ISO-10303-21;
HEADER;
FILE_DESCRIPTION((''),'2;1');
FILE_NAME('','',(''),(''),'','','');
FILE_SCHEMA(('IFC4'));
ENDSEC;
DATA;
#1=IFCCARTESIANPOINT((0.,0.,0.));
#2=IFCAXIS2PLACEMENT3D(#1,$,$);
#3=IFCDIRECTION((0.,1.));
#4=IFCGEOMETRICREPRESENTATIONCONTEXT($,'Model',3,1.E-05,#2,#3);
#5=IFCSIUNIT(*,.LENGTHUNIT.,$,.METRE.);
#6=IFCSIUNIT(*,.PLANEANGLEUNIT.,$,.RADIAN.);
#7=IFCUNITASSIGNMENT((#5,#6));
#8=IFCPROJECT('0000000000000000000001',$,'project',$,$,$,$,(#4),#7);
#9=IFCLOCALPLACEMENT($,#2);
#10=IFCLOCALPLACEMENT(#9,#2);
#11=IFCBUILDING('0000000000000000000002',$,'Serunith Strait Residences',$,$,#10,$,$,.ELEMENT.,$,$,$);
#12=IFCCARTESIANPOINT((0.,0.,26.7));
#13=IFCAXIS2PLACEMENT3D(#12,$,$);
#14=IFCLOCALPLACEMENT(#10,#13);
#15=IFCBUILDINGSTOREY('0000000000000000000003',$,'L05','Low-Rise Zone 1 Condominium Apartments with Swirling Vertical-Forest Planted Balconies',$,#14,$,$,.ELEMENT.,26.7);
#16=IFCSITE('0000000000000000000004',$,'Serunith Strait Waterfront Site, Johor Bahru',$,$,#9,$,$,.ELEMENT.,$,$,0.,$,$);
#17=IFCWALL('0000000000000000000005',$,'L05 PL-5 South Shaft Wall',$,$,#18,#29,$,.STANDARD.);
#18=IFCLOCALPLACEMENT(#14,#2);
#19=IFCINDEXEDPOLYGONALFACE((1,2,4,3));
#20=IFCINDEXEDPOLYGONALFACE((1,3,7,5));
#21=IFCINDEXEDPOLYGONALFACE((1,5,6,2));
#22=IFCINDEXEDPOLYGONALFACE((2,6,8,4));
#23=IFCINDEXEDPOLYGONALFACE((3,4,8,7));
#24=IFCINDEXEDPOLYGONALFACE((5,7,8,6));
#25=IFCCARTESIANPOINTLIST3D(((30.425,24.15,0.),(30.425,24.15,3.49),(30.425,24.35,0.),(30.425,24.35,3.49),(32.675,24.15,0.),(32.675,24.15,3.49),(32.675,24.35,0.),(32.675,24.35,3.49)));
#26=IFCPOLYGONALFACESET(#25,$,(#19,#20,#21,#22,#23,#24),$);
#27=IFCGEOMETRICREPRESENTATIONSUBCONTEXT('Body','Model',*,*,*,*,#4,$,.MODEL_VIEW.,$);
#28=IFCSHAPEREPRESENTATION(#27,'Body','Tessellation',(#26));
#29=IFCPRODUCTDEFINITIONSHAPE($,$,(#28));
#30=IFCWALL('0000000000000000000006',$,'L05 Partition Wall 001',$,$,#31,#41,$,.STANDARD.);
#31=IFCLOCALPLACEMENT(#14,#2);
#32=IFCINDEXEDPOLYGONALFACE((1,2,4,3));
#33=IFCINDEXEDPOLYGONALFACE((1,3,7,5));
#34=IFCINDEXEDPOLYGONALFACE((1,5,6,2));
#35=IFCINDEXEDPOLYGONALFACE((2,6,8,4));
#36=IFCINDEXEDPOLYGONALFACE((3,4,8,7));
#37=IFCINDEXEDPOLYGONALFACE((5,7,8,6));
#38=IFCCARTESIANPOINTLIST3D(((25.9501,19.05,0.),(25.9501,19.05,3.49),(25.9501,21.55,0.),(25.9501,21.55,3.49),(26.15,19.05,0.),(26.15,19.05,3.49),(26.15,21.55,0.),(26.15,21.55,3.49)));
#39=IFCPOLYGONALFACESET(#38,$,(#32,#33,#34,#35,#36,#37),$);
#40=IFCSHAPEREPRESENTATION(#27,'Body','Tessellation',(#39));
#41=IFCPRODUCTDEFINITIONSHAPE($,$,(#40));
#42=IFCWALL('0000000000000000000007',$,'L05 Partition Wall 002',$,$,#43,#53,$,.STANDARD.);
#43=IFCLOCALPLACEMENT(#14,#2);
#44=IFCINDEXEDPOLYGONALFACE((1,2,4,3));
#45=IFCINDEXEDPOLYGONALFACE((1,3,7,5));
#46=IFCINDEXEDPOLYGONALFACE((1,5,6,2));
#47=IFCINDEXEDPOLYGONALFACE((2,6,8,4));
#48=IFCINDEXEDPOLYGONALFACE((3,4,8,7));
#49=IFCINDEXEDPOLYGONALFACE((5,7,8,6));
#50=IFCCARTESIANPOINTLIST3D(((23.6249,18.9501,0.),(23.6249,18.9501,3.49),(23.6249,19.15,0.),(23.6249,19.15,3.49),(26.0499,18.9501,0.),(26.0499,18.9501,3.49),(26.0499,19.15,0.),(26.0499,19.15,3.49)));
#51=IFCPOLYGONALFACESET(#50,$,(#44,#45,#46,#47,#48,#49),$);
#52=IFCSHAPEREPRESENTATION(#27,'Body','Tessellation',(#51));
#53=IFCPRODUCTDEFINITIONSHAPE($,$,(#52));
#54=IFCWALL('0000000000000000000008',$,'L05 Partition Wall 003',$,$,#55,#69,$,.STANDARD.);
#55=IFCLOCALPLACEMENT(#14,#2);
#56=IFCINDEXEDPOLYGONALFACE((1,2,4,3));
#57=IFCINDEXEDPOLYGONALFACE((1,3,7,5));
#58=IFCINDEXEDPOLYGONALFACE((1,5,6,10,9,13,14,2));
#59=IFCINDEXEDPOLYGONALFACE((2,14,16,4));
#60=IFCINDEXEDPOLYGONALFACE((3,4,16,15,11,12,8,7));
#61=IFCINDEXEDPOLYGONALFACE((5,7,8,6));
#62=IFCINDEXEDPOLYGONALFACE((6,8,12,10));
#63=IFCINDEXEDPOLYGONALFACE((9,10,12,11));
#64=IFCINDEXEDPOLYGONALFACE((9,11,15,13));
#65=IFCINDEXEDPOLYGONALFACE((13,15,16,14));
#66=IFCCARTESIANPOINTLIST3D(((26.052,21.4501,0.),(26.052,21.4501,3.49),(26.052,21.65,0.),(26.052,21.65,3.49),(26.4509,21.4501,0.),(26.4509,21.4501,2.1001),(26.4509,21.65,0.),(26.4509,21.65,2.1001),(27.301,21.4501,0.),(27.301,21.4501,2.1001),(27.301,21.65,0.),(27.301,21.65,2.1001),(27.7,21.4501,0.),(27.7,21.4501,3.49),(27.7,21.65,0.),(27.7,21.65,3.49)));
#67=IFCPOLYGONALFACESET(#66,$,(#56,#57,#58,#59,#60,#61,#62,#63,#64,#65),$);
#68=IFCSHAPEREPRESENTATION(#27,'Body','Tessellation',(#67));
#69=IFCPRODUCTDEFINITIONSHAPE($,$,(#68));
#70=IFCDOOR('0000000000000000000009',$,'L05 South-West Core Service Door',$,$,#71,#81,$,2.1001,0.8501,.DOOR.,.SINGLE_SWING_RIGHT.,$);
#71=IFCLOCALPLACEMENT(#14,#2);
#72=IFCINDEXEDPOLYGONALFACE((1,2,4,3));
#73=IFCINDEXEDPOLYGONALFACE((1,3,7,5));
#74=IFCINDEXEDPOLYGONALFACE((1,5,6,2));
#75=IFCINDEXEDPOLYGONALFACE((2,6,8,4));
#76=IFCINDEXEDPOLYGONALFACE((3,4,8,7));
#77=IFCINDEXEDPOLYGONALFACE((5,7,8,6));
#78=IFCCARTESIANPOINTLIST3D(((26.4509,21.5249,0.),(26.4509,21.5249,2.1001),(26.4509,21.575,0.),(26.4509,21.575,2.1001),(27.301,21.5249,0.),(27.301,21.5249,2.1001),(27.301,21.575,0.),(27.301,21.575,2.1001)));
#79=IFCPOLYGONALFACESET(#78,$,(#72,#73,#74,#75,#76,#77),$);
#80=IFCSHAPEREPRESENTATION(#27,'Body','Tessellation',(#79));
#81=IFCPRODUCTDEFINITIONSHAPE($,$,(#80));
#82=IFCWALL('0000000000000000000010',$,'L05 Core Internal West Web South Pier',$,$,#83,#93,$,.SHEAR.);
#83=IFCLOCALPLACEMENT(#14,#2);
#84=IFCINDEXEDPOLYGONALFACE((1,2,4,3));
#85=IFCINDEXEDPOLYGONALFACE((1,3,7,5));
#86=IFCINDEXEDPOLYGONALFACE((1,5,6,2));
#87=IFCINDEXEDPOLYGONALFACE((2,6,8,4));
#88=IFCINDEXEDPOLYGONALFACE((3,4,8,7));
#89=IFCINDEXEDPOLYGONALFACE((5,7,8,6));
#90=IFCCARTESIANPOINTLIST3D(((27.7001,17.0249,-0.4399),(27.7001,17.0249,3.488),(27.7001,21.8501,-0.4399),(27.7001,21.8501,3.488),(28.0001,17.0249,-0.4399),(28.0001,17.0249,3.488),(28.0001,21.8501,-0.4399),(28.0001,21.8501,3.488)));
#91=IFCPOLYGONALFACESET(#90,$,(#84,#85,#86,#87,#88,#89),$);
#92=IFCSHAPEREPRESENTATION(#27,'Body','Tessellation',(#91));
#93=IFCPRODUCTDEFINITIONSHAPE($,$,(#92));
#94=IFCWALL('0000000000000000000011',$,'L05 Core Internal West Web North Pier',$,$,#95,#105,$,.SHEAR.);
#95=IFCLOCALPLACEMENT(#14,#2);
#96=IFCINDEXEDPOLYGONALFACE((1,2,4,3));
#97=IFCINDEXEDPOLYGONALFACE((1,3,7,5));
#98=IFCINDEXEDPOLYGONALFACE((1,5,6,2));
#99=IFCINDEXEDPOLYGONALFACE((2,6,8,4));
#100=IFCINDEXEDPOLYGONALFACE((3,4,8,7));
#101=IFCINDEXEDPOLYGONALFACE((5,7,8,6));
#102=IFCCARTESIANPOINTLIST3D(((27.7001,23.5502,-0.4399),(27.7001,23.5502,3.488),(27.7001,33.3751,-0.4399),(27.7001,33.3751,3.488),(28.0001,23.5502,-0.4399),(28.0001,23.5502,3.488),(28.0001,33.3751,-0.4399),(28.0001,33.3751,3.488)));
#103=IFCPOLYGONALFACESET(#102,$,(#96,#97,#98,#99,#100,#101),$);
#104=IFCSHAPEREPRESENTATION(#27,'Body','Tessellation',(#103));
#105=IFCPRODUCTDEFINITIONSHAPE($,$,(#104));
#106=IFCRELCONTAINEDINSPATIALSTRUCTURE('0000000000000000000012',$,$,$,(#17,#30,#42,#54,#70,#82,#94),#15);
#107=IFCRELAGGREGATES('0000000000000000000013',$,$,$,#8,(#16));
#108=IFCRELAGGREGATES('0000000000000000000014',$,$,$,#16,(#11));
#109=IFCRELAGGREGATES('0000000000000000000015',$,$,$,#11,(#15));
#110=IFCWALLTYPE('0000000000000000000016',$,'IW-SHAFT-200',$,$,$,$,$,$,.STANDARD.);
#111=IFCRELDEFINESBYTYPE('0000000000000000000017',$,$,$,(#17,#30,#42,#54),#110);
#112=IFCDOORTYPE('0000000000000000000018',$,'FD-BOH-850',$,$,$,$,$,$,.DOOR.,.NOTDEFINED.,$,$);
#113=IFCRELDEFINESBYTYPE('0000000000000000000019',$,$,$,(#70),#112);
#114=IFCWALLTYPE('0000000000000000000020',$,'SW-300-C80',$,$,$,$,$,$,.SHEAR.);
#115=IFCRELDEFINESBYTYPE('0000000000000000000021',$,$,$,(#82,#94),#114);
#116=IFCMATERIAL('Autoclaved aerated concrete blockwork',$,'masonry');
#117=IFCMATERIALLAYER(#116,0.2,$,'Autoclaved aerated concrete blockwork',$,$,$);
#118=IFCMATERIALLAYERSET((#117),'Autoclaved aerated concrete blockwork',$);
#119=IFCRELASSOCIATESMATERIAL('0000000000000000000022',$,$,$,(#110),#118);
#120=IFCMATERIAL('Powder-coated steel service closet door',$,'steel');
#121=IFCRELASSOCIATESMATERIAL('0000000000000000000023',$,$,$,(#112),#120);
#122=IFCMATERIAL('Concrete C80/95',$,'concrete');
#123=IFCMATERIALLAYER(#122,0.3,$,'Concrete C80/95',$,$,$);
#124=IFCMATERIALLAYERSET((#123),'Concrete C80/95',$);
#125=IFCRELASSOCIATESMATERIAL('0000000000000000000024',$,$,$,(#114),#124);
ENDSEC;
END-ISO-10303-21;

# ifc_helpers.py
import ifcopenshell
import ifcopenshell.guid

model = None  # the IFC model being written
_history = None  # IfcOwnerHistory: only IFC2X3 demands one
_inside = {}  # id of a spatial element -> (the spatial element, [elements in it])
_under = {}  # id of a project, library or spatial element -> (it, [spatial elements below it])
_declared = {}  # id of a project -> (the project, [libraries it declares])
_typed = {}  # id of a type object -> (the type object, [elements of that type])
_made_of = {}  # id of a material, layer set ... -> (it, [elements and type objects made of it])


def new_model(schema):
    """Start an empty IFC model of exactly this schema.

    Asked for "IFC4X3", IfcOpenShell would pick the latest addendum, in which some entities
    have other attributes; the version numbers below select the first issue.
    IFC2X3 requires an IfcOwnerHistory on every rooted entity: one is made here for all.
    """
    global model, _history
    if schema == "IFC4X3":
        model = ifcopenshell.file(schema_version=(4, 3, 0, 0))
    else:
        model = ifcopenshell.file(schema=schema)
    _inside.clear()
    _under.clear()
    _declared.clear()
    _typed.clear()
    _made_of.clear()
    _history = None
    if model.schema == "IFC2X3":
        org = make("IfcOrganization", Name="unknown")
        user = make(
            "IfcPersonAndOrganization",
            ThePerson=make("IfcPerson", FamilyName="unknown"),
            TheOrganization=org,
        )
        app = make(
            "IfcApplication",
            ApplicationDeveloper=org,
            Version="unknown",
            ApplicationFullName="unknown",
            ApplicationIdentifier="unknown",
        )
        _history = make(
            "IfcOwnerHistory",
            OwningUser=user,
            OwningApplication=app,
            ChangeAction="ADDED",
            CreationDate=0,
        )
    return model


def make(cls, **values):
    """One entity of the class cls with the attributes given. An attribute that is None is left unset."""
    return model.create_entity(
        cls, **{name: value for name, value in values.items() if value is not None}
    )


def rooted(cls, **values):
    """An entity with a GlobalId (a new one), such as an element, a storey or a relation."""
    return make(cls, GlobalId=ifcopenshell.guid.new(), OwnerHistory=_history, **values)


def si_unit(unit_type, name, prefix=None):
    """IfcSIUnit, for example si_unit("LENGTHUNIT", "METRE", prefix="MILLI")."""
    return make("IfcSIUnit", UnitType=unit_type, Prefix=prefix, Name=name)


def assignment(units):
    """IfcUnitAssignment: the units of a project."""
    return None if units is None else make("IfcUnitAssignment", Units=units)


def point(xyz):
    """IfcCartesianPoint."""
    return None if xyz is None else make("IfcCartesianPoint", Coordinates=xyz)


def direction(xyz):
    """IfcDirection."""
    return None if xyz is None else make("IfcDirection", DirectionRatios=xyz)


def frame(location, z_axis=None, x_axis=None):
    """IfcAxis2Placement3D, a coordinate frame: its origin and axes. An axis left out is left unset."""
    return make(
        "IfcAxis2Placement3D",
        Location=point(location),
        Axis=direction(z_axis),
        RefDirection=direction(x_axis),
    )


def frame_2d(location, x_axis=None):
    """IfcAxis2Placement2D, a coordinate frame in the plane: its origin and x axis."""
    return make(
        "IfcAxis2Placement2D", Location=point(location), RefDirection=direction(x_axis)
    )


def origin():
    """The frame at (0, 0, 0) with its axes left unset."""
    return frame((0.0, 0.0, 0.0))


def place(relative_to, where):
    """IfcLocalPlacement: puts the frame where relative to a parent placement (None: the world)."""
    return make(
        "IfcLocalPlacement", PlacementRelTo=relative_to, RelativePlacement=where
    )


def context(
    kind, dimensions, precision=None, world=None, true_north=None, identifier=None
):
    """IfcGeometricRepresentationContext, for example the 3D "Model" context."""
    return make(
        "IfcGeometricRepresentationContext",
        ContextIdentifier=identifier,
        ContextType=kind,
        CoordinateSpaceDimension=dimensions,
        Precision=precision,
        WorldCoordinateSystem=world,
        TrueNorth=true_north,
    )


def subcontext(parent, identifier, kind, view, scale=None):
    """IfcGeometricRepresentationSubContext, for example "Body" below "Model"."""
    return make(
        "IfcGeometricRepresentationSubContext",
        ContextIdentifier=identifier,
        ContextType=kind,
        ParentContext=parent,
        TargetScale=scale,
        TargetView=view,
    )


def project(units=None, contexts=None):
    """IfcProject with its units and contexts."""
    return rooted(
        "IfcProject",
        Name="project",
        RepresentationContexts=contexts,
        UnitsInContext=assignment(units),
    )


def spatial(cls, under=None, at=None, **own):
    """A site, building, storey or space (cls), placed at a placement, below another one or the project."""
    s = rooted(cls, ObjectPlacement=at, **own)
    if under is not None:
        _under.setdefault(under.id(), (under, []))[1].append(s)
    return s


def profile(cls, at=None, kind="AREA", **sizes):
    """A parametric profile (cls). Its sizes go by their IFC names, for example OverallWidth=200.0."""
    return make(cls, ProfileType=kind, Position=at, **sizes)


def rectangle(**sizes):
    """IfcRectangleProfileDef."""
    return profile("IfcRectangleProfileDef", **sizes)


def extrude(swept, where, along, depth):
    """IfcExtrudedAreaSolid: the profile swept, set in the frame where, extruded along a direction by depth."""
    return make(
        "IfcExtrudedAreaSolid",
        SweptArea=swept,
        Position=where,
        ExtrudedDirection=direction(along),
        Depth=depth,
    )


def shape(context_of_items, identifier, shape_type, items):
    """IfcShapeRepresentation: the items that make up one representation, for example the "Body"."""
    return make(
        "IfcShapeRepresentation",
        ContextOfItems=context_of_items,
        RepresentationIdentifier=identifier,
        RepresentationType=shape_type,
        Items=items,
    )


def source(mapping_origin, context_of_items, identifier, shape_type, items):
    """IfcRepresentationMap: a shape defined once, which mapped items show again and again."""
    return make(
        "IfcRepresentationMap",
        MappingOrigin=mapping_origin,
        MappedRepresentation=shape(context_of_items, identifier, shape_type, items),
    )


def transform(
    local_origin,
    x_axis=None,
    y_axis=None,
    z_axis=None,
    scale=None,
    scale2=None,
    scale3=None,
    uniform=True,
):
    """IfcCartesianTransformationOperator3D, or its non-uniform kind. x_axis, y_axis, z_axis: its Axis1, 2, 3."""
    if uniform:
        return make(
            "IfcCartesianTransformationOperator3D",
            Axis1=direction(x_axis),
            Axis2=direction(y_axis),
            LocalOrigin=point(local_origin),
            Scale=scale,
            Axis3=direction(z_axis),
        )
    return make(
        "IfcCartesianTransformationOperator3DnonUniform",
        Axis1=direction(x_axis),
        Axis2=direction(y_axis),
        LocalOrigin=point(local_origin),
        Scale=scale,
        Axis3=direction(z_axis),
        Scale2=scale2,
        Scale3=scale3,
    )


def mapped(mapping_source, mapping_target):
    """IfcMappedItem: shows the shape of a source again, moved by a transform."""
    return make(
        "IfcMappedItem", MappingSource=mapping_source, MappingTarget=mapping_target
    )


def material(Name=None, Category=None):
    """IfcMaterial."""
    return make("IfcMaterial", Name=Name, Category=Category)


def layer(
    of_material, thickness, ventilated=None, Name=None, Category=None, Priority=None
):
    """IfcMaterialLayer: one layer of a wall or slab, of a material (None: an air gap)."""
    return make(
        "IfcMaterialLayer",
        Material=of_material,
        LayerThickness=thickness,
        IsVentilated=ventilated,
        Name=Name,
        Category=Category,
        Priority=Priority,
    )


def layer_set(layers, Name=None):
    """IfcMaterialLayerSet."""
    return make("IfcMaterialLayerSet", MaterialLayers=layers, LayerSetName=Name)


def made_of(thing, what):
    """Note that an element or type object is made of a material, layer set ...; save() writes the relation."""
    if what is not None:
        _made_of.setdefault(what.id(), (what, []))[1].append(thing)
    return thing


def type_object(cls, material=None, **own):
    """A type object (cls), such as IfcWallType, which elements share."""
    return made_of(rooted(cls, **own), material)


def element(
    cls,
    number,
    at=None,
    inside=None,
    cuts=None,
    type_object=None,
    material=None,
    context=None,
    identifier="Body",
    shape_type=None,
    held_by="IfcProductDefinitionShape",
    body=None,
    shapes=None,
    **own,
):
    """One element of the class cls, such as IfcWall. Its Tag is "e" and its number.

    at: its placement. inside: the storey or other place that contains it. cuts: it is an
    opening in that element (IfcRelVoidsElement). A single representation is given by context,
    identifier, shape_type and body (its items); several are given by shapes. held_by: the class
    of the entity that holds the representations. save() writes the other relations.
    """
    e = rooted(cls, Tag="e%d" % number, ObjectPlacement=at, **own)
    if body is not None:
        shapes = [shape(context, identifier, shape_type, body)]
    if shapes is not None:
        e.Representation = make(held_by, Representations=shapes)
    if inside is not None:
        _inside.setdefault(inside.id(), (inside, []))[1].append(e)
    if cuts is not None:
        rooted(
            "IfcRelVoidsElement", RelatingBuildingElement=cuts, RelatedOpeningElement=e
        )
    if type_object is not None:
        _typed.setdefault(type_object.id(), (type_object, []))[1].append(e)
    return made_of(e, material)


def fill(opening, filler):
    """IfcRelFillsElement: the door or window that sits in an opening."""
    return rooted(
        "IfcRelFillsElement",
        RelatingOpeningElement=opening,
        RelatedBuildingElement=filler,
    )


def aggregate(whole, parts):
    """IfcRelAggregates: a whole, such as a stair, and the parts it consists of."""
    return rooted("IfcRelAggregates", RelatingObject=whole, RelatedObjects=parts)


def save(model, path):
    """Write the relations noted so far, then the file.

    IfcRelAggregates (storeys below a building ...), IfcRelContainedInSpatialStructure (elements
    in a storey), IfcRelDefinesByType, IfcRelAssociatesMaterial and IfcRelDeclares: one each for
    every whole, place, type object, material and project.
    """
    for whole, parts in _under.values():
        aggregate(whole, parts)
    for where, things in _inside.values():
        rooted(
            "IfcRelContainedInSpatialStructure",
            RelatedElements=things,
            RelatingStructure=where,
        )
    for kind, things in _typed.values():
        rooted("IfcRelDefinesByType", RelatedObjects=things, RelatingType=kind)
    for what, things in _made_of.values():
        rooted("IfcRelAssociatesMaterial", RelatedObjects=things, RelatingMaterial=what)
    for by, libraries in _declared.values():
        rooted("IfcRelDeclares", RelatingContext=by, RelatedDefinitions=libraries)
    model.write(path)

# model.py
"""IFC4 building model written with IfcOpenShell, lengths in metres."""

from ifc_helpers import new_model, si_unit, direction, frame, frame_2d, origin, place, context, subcontext, project, spatial, rectangle, extrude, source, transform, mapped, material, layer, layer_set, type_object, element, fill, save


model = new_model("IFC4")

# Units and contexts
model_context = context("Model", 3, precision=1e-05, world=origin(), true_north=direction((0.0, 1.0)))
body_context = subcontext(model_context, "Body", "Model", "MODEL_VIEW")
ifc_project = project(units=[si_unit("LENGTHUNIT", "METRE"), si_unit("PLANEANGLEUNIT", "RADIAN")], contexts=[model_context])

# Site, building, storey
site_placement = place(None, origin())
site = spatial("IfcSite", under=ifc_project, at=site_placement, Name="Serunith Strait Waterfront Site, Johor Bahru", CompositionType="ELEMENT", RefElevation=0.0)
building_placement = place(site_placement, origin())
building = spatial("IfcBuilding", under=site, at=building_placement, Name="Serunith Strait Residences", CompositionType="ELEMENT")
storey_placement = place(building_placement, frame((0.0, 0.0, 26.7)))
storey = spatial("IfcBuildingStorey", under=building, at=storey_placement, Name="L05", Description="Low-Rise Zone 1 Condominium Apartments with Swirling Vertical-Forest Planted Balconies", CompositionType="ELEMENT", Elevation=26.7)

# Shared definitions
ifc_material_1 = material(Name="Autoclaved aerated concrete blockwork", Category="masonry")
ifc_layer_1 = layer(ifc_material_1, 0.2, Name="Autoclaved aerated concrete blockwork")
ifc_layer_set_1 = layer_set([ifc_layer_1], Name="Autoclaved aerated concrete blockwork")
wall_type_1 = type_object("IfcWallType", Name="IW-SHAFT-200", PredefinedType="STANDARD", material=ifc_layer_set_1)

# Walls
wall_1_placement = place(storey_placement, frame((30.425, 24.25, 0.0), z_axis=(0.0, 0.0, 1.0), x_axis=(1.0, 0.0, 0.0)))
element("IfcWall", 1, at=wall_1_placement, inside=storey, type_object=wall_type_1, Name="L05 PL-5 South Shaft Wall", PredefinedType="STANDARD", context=body_context, shape_type="SweptSolid", body=[
    extrude(rectangle(XDim=2.25, YDim=0.2, at=frame_2d((1.125, 0.0))), origin(), (0.0, 0.0, 1.0), 3.49),
])
wall_2_placement = place(storey_placement, frame((26.05, 19.05, 0.0), z_axis=(0.0, 0.0, 1.0), x_axis=(0.0, 1.0, 0.0)))
element("IfcWall", 2, at=wall_2_placement, inside=storey, type_object=wall_type_1, Name="L05 Partition Wall 001", PredefinedType="STANDARD", context=body_context, shape_type="SweptSolid", body=[
    extrude(rectangle(XDim=2.5, YDim=0.2, at=frame_2d((1.25, 0.0))), origin(), (0.0, 0.0, 1.0), 3.49),
])
wall_3_placement = place(storey_placement, frame((23.625, 19.05, 0.0), z_axis=(0.0, 0.0, 1.0), x_axis=(1.0, 0.0, 0.0)))
element("IfcWall", 3, at=wall_3_placement, inside=storey, type_object=wall_type_1, Name="L05 Partition Wall 002", PredefinedType="STANDARD", context=body_context, shape_type="SweptSolid", body=[
    extrude(rectangle(XDim=2.425, YDim=0.2, at=frame_2d((1.2124, 0.0))), origin(), (0.0, 0.0, 1.0), 3.49),
])

# Wall, opening, door
wall_4_placement = place(storey_placement, frame((26.052, 21.55, 0.0), z_axis=(0.0, 0.0, 1.0), x_axis=(1.0, 0.0, 0.0)))
wall_4 = element("IfcWall", 4, at=wall_4_placement, inside=storey, type_object=wall_type_1, Name="L05 Partition Wall 003", PredefinedType="STANDARD", context=body_context, shape_type="SweptSolid", body=[
    extrude(rectangle(XDim=1.6479, YDim=0.2, at=frame_2d((0.824, 0.0))), origin(), (0.0, 0.0, 1.0), 3.49),
])
opening_1_placement = place(wall_4_placement, frame((0.3989, 0.0, 0.0)))
opening_1 = element("IfcOpeningElement", 5, at=opening_1_placement, cuts=wall_4, PredefinedType="OPENING", context=body_context, shape_type="SweptSolid", body=[
    extrude(rectangle(XDim=0.8501, YDim=2.1001, at=frame_2d((0.425, 1.05))), frame((0.0, 0.1099, 0.0), z_axis=(0.0, -1.0, 0.0), x_axis=(1.0, 0.0, 0.0)), (0.0, 0.0, 1.0), 0.22),
])
ifc_material_2 = material(Name="Powder-coated steel service closet door", Category="steel")
door_type_1 = type_object("IfcDoorType", Name="FD-BOH-850", OperationType="NOTDEFINED", PredefinedType="DOOR", material=ifc_material_2)
shared_shape_1 = source(origin(), body_context, "Body", "SweptSolid", [
    extrude(rectangle(XDim=0.8501, YDim=2.1001, at=frame_2d((0.425, 1.05))), frame((0.0, 0.0249, 0.0), z_axis=(0.0, -1.0, 0.0), x_axis=(1.0, 0.0, 0.0)), (0.0, 0.0, 1.0), 0.05),
])
door_1_placement = place(opening_1_placement, origin())
door_1 = element("IfcDoor", 6, at=door_1_placement, inside=storey, type_object=door_type_1, Name="L05 South-West Core Service Door", OperationType="SINGLE_SWING_RIGHT", OverallHeight=2.1001, OverallWidth=0.8501, PredefinedType="DOOR", context=body_context, shape_type="MappedRepresentation", body=[
    mapped(shared_shape_1, transform((0.0, 0.0, 0.0), scale=1.0)),
])
fill(opening_1, door_1)

# Walls
ifc_material_3 = material(Name="Concrete C80/95", Category="concrete")
ifc_layer_2 = layer(ifc_material_3, 0.3, Name="Concrete C80/95")
ifc_layer_set_2 = layer_set([ifc_layer_2], Name="Concrete C80/95")
wall_type_2 = type_object("IfcWallType", Name="SW-300-C80", PredefinedType="SHEAR", material=ifc_layer_set_2)
wall_5_placement = place(storey_placement, frame((27.8501, 17.0249, -0.4399), z_axis=(0.0, 0.0, 1.0), x_axis=(0.0, 1.0, 0.0)))
element("IfcWall", 7, at=wall_5_placement, inside=storey, type_object=wall_type_2, Name="L05 Core Internal West Web South Pier", PredefinedType="SHEAR", context=body_context, shape_type="SweptSolid", body=[
    extrude(rectangle(XDim=4.8252, YDim=0.3, at=frame_2d((2.4126, 0.0))), origin(), (0.0, 0.0, 1.0), 3.928),
])
wall_6_placement = place(storey_placement, frame((27.8501, 23.55, -0.4399), z_axis=(0.0, 0.0, 1.0), x_axis=(0.0, 1.0, 0.0)))
element("IfcWall", 8, at=wall_6_placement, inside=storey, type_object=wall_type_2, Name="L05 Core Internal West Web North Pier", PredefinedType="SHEAR", context=body_context, shape_type="SweptSolid", body=[
    extrude(rectangle(XDim=9.825, YDim=0.3, at=frame_2d((4.9126, 0.0))), origin(), (0.0, 0.0, 1.0), 3.928),
])

save(model, "model.ifc")
